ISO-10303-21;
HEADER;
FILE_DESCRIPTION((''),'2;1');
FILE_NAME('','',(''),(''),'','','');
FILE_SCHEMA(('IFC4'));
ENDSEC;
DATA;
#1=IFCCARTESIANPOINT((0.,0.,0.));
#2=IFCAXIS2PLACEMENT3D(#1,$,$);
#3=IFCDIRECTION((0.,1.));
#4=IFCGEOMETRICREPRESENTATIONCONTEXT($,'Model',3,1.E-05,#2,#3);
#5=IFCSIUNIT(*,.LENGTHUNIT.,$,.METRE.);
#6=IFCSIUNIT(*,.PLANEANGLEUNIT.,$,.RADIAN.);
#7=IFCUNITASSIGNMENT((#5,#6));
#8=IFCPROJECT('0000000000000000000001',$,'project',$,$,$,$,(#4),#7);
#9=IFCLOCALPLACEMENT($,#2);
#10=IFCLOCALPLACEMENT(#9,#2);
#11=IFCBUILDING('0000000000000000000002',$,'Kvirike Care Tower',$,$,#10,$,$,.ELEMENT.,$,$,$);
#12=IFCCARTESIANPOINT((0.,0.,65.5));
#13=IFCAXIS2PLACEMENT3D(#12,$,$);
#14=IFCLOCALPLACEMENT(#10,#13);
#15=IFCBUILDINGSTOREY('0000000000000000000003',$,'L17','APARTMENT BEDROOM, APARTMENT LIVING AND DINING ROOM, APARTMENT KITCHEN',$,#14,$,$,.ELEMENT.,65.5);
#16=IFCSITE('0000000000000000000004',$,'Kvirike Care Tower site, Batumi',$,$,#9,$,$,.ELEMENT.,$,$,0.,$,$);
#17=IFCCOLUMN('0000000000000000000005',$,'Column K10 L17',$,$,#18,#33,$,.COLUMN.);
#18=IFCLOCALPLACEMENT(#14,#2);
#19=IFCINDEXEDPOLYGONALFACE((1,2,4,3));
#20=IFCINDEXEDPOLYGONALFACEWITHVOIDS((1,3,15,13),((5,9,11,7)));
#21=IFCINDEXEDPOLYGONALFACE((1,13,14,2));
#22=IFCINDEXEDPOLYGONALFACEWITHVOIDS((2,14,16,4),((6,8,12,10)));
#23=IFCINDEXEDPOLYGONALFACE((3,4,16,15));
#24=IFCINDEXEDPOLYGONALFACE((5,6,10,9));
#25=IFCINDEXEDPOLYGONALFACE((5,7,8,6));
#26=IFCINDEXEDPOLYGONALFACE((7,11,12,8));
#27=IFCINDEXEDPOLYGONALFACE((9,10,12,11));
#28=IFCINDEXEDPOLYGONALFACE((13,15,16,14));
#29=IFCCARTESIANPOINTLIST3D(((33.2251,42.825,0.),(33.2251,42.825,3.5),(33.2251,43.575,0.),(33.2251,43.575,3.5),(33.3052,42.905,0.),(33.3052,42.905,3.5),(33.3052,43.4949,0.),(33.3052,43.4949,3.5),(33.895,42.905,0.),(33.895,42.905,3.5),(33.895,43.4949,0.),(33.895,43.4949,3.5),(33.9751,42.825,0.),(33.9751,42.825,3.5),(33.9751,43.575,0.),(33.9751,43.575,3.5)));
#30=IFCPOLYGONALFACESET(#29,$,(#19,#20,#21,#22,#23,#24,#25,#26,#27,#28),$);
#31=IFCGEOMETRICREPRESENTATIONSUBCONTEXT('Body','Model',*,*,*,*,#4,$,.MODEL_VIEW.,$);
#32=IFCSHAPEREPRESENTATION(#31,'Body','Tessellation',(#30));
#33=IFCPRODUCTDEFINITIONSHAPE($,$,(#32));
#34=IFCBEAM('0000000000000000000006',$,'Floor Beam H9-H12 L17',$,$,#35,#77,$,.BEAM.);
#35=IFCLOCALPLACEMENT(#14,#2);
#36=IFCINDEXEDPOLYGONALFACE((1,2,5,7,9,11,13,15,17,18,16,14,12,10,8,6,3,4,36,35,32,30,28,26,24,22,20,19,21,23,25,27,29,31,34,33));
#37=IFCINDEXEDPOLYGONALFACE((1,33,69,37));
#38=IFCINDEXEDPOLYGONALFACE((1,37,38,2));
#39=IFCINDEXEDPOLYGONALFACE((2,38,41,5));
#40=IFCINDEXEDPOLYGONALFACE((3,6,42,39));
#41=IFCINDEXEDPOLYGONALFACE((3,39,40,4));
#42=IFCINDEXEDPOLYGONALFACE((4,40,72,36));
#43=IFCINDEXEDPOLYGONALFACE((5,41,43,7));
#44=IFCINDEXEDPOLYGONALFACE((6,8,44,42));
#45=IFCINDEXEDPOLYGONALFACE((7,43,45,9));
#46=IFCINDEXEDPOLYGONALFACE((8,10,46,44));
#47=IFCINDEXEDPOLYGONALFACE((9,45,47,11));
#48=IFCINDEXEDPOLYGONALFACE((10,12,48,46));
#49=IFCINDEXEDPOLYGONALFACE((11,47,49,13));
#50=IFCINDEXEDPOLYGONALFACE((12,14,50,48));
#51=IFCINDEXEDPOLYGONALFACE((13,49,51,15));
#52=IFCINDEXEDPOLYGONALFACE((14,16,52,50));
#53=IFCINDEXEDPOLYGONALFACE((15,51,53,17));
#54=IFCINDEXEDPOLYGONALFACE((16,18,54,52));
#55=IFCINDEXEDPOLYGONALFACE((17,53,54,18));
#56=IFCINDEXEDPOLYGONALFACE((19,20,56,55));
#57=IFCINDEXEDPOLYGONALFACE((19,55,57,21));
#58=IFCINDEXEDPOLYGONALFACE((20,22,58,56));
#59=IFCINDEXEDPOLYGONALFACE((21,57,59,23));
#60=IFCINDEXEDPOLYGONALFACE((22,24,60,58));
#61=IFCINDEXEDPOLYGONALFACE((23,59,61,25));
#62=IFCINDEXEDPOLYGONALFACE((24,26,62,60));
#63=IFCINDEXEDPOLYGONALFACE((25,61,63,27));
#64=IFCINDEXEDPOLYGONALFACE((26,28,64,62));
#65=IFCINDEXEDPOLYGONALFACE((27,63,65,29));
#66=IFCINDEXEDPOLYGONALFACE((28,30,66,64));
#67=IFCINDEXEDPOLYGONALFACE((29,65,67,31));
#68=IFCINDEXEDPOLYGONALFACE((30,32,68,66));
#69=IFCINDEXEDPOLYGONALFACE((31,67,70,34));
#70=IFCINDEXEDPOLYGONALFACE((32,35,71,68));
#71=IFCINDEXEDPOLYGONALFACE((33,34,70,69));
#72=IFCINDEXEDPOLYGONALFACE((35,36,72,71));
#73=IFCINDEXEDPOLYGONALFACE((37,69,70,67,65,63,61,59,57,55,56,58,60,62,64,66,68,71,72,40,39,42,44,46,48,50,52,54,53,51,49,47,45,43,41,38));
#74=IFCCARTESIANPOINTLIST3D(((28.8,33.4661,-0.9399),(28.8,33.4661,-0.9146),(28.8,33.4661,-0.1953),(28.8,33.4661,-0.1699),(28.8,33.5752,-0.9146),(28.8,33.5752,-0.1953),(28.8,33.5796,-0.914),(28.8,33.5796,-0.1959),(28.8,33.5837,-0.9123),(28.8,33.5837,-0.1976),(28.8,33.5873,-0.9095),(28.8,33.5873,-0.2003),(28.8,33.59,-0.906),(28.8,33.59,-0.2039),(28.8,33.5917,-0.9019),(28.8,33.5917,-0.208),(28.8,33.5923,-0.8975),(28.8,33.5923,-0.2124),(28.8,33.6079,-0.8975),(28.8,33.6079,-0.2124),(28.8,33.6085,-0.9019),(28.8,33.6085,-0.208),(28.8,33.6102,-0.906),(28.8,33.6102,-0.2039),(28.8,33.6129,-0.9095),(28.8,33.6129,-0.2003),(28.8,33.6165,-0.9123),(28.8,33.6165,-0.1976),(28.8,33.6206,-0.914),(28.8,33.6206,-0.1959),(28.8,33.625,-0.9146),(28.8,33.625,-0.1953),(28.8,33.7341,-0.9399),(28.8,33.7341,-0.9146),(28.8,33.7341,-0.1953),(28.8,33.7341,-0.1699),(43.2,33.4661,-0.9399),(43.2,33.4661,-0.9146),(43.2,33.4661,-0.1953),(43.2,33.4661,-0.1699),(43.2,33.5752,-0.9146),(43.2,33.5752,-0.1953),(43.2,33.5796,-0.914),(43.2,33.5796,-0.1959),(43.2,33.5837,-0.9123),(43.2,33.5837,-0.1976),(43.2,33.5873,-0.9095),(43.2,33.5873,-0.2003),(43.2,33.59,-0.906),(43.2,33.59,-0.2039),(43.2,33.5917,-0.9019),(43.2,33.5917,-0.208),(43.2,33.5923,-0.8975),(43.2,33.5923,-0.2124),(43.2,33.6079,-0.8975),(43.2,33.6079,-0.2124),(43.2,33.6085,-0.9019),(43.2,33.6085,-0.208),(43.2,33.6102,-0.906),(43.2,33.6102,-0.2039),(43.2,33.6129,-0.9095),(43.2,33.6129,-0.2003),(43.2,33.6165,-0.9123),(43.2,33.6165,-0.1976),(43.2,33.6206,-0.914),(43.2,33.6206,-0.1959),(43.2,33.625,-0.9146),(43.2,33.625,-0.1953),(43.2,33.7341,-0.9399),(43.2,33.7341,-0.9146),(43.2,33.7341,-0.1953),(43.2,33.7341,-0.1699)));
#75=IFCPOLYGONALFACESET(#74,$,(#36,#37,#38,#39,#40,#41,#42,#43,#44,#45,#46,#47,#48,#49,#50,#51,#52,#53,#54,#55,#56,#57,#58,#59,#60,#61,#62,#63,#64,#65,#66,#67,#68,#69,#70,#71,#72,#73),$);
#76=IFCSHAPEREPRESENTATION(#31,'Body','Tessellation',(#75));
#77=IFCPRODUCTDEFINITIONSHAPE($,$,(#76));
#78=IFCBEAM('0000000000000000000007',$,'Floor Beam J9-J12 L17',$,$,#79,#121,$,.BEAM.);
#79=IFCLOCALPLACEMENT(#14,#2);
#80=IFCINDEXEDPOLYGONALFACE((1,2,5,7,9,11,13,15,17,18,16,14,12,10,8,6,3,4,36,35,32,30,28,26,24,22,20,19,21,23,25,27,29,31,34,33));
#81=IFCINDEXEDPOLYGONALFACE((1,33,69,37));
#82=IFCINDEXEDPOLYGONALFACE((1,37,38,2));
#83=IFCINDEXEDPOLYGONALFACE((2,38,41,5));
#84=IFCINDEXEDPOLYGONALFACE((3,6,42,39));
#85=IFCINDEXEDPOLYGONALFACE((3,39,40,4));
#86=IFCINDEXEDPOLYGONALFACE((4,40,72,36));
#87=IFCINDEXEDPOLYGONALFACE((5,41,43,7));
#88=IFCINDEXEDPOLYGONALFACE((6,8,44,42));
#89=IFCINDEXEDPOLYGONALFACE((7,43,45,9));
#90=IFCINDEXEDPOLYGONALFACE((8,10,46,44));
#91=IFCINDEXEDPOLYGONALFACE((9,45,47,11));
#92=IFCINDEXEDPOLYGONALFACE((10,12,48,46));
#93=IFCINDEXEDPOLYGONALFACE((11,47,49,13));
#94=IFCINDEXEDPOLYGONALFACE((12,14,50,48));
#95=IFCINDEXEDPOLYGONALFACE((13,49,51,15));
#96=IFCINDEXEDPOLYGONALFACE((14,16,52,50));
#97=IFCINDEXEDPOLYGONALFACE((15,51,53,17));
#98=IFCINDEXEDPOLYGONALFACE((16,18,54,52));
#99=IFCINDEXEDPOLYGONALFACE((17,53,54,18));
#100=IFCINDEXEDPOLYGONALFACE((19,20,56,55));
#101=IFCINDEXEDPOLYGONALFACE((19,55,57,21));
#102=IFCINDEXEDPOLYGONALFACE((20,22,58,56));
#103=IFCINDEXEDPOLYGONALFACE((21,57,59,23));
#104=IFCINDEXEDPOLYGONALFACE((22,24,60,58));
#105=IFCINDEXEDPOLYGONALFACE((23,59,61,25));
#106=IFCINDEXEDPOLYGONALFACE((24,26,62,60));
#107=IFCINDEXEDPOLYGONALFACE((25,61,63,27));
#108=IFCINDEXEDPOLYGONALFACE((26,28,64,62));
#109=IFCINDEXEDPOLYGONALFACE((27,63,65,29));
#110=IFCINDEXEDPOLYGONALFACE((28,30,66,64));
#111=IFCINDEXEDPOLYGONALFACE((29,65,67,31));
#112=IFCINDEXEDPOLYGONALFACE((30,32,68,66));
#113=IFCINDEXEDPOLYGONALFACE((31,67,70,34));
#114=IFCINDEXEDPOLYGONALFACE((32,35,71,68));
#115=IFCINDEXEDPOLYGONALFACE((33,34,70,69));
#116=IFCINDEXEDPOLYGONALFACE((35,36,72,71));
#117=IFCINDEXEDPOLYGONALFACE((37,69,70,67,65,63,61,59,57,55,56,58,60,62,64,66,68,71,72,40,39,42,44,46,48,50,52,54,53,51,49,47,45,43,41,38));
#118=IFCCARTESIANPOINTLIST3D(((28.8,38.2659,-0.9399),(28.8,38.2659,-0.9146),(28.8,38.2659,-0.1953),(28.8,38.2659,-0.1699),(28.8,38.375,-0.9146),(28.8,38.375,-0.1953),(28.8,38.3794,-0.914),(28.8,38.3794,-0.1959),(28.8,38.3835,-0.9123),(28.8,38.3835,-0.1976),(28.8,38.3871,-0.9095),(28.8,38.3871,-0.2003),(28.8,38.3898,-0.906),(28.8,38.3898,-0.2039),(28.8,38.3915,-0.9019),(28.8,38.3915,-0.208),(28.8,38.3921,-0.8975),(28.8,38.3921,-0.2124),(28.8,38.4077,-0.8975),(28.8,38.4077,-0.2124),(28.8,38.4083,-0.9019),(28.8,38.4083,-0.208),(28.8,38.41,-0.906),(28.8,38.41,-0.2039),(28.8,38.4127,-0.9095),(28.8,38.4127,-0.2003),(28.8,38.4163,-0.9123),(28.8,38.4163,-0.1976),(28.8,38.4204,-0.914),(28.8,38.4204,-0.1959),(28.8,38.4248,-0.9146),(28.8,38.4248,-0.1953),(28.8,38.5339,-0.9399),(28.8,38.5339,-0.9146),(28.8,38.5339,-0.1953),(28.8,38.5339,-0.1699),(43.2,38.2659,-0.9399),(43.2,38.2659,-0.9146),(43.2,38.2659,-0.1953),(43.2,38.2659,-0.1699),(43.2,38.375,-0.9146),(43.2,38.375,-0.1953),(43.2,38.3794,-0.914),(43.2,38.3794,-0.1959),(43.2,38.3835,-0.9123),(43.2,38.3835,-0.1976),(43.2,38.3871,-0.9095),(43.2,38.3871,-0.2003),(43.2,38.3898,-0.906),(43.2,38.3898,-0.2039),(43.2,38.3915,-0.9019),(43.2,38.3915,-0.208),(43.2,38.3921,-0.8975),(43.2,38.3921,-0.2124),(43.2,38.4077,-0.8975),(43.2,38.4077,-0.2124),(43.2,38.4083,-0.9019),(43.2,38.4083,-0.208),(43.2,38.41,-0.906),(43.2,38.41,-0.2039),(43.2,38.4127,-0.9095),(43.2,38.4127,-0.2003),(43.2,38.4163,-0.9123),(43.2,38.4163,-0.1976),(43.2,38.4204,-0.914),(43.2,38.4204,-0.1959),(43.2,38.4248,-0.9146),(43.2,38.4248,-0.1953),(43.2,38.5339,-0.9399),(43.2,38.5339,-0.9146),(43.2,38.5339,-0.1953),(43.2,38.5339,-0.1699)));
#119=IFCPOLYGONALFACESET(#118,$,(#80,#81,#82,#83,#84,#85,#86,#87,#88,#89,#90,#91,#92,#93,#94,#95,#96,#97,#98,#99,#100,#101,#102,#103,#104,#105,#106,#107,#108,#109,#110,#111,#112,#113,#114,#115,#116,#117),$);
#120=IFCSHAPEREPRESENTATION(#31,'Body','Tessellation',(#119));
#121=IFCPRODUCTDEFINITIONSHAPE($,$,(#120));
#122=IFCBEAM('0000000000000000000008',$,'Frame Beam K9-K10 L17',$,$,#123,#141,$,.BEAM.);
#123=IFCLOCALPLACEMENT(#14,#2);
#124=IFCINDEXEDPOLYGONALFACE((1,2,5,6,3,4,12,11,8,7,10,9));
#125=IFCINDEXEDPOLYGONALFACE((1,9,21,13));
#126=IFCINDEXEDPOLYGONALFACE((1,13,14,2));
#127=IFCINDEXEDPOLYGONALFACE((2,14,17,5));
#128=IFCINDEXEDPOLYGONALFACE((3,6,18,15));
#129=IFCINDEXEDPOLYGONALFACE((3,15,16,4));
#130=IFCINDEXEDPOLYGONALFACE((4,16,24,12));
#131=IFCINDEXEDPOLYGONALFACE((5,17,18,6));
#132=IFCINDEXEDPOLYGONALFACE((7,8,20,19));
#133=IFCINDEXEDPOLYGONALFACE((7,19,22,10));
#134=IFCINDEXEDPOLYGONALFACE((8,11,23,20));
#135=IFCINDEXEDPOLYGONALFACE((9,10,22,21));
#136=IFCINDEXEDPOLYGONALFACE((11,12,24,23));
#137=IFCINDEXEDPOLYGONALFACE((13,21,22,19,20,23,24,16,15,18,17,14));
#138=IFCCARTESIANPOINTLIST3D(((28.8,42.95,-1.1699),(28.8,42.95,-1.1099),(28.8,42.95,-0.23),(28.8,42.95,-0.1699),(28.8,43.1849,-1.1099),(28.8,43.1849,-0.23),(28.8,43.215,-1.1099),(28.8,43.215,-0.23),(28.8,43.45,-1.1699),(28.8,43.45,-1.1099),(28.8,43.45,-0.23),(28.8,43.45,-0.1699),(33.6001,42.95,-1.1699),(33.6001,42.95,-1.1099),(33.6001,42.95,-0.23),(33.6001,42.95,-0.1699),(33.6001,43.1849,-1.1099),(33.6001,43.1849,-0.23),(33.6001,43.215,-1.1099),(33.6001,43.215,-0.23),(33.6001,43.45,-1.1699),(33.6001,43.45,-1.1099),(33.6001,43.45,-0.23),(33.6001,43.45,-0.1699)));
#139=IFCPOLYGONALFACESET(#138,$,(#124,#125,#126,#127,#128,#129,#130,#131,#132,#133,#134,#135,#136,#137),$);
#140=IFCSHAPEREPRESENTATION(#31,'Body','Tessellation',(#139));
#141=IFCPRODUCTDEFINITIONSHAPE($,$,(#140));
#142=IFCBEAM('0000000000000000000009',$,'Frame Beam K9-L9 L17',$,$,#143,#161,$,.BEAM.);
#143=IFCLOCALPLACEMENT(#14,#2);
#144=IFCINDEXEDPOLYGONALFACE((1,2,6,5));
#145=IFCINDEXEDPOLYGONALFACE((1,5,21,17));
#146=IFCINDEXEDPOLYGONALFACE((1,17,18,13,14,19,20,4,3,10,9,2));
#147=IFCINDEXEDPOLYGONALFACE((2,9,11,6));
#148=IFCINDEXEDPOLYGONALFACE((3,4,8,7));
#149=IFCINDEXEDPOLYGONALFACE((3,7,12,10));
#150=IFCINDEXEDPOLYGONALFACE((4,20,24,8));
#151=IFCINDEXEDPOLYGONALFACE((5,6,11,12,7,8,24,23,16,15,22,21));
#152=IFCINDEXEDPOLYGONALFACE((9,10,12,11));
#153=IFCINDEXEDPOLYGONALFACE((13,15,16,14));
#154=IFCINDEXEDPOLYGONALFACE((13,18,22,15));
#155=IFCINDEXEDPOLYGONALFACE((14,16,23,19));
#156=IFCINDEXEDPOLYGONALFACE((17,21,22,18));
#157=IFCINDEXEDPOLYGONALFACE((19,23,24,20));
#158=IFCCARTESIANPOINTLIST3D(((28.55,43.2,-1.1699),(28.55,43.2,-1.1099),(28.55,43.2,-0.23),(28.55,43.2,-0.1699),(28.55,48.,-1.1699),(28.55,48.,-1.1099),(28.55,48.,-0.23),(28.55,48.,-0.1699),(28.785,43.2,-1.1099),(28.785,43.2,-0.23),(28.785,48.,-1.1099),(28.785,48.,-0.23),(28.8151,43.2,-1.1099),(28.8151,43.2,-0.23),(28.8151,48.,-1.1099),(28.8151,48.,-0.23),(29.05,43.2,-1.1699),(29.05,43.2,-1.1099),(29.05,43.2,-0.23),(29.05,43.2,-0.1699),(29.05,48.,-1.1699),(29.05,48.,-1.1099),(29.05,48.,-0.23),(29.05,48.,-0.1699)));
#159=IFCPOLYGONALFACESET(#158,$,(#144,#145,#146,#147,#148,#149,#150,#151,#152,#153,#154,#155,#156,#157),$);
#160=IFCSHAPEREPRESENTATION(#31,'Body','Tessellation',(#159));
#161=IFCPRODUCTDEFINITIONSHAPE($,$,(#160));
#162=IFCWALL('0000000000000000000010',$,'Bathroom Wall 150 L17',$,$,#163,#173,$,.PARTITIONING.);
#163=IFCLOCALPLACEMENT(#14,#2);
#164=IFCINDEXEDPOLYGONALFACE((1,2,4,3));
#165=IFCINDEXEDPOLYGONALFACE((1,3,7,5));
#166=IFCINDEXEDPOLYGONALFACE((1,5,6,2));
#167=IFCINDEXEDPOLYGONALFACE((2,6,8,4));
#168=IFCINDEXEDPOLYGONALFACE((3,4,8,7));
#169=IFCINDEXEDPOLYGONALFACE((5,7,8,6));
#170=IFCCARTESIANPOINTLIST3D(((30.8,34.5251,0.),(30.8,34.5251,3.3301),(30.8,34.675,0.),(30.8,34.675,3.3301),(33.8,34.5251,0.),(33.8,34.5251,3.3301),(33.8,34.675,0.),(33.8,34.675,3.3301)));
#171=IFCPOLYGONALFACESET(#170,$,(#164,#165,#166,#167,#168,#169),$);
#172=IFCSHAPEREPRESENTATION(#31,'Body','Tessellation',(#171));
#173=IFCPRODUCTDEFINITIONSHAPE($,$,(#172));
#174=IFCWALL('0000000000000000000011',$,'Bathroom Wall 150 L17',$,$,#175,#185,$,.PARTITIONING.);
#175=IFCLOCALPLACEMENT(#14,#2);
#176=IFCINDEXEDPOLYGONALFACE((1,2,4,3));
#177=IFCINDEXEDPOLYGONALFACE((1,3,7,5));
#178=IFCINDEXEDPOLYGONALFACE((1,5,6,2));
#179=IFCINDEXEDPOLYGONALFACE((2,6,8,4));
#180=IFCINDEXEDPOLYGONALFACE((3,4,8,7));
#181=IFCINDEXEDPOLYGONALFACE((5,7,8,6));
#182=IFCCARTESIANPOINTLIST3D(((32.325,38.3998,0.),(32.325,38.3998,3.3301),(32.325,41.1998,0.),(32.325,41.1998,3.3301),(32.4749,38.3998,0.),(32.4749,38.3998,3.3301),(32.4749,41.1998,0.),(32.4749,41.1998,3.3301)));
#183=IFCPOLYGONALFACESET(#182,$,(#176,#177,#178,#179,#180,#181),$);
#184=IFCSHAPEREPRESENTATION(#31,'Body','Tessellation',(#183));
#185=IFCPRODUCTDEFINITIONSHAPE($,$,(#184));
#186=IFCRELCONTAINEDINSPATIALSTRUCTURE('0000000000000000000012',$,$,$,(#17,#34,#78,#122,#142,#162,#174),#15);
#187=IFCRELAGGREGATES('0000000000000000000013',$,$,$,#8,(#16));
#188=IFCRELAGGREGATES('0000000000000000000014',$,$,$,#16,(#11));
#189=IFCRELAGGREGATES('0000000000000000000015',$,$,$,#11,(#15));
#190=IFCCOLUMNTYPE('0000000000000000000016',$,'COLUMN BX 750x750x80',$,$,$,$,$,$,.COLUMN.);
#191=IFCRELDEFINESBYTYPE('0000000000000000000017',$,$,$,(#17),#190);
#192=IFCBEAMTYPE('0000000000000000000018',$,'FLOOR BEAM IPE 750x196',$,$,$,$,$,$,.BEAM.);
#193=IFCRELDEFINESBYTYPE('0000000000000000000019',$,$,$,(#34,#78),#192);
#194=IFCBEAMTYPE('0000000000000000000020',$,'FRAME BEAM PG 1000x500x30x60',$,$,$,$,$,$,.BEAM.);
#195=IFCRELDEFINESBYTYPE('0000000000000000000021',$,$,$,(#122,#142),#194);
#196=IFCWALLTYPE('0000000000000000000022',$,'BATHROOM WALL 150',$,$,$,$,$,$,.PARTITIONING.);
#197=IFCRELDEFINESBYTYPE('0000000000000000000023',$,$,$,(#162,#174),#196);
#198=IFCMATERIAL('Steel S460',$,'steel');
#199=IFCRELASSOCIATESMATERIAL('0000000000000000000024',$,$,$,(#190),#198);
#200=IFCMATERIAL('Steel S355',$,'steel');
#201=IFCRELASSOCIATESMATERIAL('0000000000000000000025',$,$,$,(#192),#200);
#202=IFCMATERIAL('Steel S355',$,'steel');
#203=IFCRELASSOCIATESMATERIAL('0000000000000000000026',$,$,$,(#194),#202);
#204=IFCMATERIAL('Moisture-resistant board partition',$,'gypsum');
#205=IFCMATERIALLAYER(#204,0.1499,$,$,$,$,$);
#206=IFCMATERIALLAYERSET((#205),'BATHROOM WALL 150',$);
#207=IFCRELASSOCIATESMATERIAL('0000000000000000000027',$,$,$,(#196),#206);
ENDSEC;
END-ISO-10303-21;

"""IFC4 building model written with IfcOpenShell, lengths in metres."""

from ifc_helpers import new_model, si_unit, direction, frame, frame_2d, origin, origin_2d, place, context, subcontext, project, spatial, rectangle, hollow_rectangle, i_section, extrude, material, layer, layer_set, material_profile, profile_set, type_object, element, save


model = new_model("IFC4")

# Units and contexts
model_context = context("Model", 3, precision=1e-05, world=origin(), true_north=direction((0.0, 1.0)))
body_context = subcontext(model_context, "Body", "Model", "MODEL_VIEW")
ifc_project = project(units=[si_unit("LENGTHUNIT", "METRE"), si_unit("PLANEANGLEUNIT", "RADIAN")], contexts=[model_context])

# Site, building, storey
site_placement = place(None, origin())
site = spatial("IfcSite", under=ifc_project, at=site_placement, Name="Kvirike Care Tower site, Batumi", CompositionType="ELEMENT", RefElevation=0.0)
building_placement = place(site_placement, origin())
building = spatial("IfcBuilding", under=site, at=building_placement, Name="Kvirike Care Tower", CompositionType="ELEMENT")
storey_placement = place(building_placement, frame((0.0, 0.0, 65.5)))
storey = spatial("IfcBuildingStorey", under=building, at=storey_placement, Name="L17", Description="APARTMENT BEDROOM, APARTMENT LIVING AND DINING ROOM, APARTMENT KITCHEN", CompositionType="ELEMENT", Elevation=65.5)

# Column
ifc_material_1 = material(Name="Steel S460", Category="steel")
ifc_material_profile_1 = material_profile(ifc_material_1, hollow_rectangle(XDim=0.75, YDim=0.75, WallThickness=0.0801, at=origin_2d()), Name="BX 750x750x80")
ifc_profile_set_1 = profile_set([ifc_material_profile_1], Name="Steel S460")
column_type = type_object("IfcColumnType", Name="COLUMN BX 750x750x80", PredefinedType="COLUMN", material=ifc_profile_set_1)
column_placement = place(storey_placement, frame((33.6001, 43.2, 0.0), z_axis=(0.0, 0.0, 1.0), x_axis=(0.0, 1.0, 0.0)))
element("IfcColumn", 1, at=column_placement, inside=storey, type_object=column_type, Name="Column K10 L17", PredefinedType="COLUMN", context=body_context, shape_type="SweptSolid", body=[
    extrude(hollow_rectangle(XDim=0.75, YDim=0.75, WallThickness=0.0801, at=origin_2d()), origin(), (0.0, 0.0, 1.0), 3.5),
])

# Beams
ifc_material_2 = material(Name="Steel S355", Category="steel")
ifc_material_profile_2 = material_profile(ifc_material_2, i_section(OverallWidth=0.2681, OverallDepth=0.77, WebThickness=0.0156, FlangeThickness=0.0254, FilletRadius=0.0171, at=origin_2d()), Name="IPE 750x196")
ifc_profile_set_2 = profile_set([ifc_material_profile_2], Name="Steel S355")
beam_type_1 = type_object("IfcBeamType", Name="FLOOR BEAM IPE 750x196", PredefinedType="BEAM", material=ifc_profile_set_2)
for number, where, z_axis, x_axis, name in (
    (2, (28.8, 33.6001, -0.5549), (1.0, 0.0, 0.0), (0.0, 1.0, 0.0), "Floor Beam H9-H12 L17"),
    (3, (28.8, 38.3999, -0.5549), (1.0, 0.0, 0.0), (0.0, 1.0, 0.0), "Floor Beam J9-J12 L17"),
):
    element("IfcBeam", number, at=place(storey_placement, frame(where, z_axis=z_axis, x_axis=x_axis)), inside=storey, type_object=beam_type_1, Name=name, PredefinedType="BEAM", context=body_context, shape_type="SweptSolid", body=[
        extrude(i_section(OverallWidth=0.2681, OverallDepth=0.77, WebThickness=0.0156, FlangeThickness=0.0254, FilletRadius=0.0171, at=origin_2d()), origin(), (0.0, 0.0, 1.0), 14.3999),
    ])
ifc_material_3 = material(Name="Steel S355", Category="steel")
ifc_material_profile_3 = material_profile(ifc_material_3, i_section(OverallWidth=0.5, OverallDepth=1.0, WebThickness=0.03, FlangeThickness=0.0601, at=origin_2d()), Name="PG 1000x500x30x60")
ifc_profile_set_3 = profile_set([ifc_material_profile_3], Name="Steel S355")
beam_type_2 = type_object("IfcBeamType", Name="FRAME BEAM PG 1000x500x30x60", PredefinedType="BEAM", material=ifc_profile_set_3)
for number, where, z_axis, x_axis, name in (
    (4, (28.8, 43.2, -0.6699), (1.0, 0.0, 0.0), (0.0, 1.0, 0.0), "Frame Beam K9-K10 L17"),
    (5, (28.8, 43.2, -0.6699), (0.0, 1.0, 0.0), (-1.0, 0.0, 0.0), "Frame Beam K9-L9 L17"),
):
    element("IfcBeam", number, at=place(storey_placement, frame(where, z_axis=z_axis, x_axis=x_axis)), inside=storey, type_object=beam_type_2, Name=name, PredefinedType="BEAM", context=body_context, shape_type="SweptSolid", body=[
        extrude(i_section(OverallWidth=0.5, OverallDepth=1.0, WebThickness=0.03, FlangeThickness=0.0601, at=origin_2d()), origin(), (0.0, 0.0, 1.0), 4.8),
    ])

# Walls
ifc_material_4 = material(Name="Moisture-resistant board partition", Category="gypsum")
ifc_layer_1 = layer(ifc_material_4, 0.1499)
ifc_layer_set_1 = layer_set([ifc_layer_1], Name="BATHROOM WALL 150")
wall_type_1 = type_object("IfcWallType", Name="BATHROOM WALL 150", PredefinedType="PARTITIONING", material=ifc_layer_set_1)
wall_1_placement = place(storey_placement, frame((33.8, 34.6001, 0.0), z_axis=(0.0, 0.0, 1.0), x_axis=(-1.0, 0.0, 0.0)))
element("IfcWall", 6, at=wall_1_placement, inside=storey, type_object=wall_type_1, Name="Bathroom Wall 150 L17", PredefinedType="PARTITIONING", context=body_context, shape_type="SweptSolid", body=[
    extrude(rectangle(XDim=3.0, YDim=0.1499, at=frame_2d((1.5, 0.0))), origin(), (0.0, 0.0, 1.0), 3.3301),
])
wall_2_placement = place(storey_placement, frame((32.3999, 38.3999, 0.0), z_axis=(0.0, 0.0, 1.0), x_axis=(0.0, 1.0, 0.0)))
element("IfcWall", 7, at=wall_2_placement, inside=storey, type_object=wall_type_1, Name="Bathroom Wall 150 L17", PredefinedType="PARTITIONING", context=body_context, shape_type="SweptSolid", body=[
    extrude(rectangle(XDim=2.8, YDim=0.1499, at=frame_2d((1.3999, 0.0))), origin(), (0.0, 0.0, 1.0), 3.3301),
])

save(model, "model.ifc")
